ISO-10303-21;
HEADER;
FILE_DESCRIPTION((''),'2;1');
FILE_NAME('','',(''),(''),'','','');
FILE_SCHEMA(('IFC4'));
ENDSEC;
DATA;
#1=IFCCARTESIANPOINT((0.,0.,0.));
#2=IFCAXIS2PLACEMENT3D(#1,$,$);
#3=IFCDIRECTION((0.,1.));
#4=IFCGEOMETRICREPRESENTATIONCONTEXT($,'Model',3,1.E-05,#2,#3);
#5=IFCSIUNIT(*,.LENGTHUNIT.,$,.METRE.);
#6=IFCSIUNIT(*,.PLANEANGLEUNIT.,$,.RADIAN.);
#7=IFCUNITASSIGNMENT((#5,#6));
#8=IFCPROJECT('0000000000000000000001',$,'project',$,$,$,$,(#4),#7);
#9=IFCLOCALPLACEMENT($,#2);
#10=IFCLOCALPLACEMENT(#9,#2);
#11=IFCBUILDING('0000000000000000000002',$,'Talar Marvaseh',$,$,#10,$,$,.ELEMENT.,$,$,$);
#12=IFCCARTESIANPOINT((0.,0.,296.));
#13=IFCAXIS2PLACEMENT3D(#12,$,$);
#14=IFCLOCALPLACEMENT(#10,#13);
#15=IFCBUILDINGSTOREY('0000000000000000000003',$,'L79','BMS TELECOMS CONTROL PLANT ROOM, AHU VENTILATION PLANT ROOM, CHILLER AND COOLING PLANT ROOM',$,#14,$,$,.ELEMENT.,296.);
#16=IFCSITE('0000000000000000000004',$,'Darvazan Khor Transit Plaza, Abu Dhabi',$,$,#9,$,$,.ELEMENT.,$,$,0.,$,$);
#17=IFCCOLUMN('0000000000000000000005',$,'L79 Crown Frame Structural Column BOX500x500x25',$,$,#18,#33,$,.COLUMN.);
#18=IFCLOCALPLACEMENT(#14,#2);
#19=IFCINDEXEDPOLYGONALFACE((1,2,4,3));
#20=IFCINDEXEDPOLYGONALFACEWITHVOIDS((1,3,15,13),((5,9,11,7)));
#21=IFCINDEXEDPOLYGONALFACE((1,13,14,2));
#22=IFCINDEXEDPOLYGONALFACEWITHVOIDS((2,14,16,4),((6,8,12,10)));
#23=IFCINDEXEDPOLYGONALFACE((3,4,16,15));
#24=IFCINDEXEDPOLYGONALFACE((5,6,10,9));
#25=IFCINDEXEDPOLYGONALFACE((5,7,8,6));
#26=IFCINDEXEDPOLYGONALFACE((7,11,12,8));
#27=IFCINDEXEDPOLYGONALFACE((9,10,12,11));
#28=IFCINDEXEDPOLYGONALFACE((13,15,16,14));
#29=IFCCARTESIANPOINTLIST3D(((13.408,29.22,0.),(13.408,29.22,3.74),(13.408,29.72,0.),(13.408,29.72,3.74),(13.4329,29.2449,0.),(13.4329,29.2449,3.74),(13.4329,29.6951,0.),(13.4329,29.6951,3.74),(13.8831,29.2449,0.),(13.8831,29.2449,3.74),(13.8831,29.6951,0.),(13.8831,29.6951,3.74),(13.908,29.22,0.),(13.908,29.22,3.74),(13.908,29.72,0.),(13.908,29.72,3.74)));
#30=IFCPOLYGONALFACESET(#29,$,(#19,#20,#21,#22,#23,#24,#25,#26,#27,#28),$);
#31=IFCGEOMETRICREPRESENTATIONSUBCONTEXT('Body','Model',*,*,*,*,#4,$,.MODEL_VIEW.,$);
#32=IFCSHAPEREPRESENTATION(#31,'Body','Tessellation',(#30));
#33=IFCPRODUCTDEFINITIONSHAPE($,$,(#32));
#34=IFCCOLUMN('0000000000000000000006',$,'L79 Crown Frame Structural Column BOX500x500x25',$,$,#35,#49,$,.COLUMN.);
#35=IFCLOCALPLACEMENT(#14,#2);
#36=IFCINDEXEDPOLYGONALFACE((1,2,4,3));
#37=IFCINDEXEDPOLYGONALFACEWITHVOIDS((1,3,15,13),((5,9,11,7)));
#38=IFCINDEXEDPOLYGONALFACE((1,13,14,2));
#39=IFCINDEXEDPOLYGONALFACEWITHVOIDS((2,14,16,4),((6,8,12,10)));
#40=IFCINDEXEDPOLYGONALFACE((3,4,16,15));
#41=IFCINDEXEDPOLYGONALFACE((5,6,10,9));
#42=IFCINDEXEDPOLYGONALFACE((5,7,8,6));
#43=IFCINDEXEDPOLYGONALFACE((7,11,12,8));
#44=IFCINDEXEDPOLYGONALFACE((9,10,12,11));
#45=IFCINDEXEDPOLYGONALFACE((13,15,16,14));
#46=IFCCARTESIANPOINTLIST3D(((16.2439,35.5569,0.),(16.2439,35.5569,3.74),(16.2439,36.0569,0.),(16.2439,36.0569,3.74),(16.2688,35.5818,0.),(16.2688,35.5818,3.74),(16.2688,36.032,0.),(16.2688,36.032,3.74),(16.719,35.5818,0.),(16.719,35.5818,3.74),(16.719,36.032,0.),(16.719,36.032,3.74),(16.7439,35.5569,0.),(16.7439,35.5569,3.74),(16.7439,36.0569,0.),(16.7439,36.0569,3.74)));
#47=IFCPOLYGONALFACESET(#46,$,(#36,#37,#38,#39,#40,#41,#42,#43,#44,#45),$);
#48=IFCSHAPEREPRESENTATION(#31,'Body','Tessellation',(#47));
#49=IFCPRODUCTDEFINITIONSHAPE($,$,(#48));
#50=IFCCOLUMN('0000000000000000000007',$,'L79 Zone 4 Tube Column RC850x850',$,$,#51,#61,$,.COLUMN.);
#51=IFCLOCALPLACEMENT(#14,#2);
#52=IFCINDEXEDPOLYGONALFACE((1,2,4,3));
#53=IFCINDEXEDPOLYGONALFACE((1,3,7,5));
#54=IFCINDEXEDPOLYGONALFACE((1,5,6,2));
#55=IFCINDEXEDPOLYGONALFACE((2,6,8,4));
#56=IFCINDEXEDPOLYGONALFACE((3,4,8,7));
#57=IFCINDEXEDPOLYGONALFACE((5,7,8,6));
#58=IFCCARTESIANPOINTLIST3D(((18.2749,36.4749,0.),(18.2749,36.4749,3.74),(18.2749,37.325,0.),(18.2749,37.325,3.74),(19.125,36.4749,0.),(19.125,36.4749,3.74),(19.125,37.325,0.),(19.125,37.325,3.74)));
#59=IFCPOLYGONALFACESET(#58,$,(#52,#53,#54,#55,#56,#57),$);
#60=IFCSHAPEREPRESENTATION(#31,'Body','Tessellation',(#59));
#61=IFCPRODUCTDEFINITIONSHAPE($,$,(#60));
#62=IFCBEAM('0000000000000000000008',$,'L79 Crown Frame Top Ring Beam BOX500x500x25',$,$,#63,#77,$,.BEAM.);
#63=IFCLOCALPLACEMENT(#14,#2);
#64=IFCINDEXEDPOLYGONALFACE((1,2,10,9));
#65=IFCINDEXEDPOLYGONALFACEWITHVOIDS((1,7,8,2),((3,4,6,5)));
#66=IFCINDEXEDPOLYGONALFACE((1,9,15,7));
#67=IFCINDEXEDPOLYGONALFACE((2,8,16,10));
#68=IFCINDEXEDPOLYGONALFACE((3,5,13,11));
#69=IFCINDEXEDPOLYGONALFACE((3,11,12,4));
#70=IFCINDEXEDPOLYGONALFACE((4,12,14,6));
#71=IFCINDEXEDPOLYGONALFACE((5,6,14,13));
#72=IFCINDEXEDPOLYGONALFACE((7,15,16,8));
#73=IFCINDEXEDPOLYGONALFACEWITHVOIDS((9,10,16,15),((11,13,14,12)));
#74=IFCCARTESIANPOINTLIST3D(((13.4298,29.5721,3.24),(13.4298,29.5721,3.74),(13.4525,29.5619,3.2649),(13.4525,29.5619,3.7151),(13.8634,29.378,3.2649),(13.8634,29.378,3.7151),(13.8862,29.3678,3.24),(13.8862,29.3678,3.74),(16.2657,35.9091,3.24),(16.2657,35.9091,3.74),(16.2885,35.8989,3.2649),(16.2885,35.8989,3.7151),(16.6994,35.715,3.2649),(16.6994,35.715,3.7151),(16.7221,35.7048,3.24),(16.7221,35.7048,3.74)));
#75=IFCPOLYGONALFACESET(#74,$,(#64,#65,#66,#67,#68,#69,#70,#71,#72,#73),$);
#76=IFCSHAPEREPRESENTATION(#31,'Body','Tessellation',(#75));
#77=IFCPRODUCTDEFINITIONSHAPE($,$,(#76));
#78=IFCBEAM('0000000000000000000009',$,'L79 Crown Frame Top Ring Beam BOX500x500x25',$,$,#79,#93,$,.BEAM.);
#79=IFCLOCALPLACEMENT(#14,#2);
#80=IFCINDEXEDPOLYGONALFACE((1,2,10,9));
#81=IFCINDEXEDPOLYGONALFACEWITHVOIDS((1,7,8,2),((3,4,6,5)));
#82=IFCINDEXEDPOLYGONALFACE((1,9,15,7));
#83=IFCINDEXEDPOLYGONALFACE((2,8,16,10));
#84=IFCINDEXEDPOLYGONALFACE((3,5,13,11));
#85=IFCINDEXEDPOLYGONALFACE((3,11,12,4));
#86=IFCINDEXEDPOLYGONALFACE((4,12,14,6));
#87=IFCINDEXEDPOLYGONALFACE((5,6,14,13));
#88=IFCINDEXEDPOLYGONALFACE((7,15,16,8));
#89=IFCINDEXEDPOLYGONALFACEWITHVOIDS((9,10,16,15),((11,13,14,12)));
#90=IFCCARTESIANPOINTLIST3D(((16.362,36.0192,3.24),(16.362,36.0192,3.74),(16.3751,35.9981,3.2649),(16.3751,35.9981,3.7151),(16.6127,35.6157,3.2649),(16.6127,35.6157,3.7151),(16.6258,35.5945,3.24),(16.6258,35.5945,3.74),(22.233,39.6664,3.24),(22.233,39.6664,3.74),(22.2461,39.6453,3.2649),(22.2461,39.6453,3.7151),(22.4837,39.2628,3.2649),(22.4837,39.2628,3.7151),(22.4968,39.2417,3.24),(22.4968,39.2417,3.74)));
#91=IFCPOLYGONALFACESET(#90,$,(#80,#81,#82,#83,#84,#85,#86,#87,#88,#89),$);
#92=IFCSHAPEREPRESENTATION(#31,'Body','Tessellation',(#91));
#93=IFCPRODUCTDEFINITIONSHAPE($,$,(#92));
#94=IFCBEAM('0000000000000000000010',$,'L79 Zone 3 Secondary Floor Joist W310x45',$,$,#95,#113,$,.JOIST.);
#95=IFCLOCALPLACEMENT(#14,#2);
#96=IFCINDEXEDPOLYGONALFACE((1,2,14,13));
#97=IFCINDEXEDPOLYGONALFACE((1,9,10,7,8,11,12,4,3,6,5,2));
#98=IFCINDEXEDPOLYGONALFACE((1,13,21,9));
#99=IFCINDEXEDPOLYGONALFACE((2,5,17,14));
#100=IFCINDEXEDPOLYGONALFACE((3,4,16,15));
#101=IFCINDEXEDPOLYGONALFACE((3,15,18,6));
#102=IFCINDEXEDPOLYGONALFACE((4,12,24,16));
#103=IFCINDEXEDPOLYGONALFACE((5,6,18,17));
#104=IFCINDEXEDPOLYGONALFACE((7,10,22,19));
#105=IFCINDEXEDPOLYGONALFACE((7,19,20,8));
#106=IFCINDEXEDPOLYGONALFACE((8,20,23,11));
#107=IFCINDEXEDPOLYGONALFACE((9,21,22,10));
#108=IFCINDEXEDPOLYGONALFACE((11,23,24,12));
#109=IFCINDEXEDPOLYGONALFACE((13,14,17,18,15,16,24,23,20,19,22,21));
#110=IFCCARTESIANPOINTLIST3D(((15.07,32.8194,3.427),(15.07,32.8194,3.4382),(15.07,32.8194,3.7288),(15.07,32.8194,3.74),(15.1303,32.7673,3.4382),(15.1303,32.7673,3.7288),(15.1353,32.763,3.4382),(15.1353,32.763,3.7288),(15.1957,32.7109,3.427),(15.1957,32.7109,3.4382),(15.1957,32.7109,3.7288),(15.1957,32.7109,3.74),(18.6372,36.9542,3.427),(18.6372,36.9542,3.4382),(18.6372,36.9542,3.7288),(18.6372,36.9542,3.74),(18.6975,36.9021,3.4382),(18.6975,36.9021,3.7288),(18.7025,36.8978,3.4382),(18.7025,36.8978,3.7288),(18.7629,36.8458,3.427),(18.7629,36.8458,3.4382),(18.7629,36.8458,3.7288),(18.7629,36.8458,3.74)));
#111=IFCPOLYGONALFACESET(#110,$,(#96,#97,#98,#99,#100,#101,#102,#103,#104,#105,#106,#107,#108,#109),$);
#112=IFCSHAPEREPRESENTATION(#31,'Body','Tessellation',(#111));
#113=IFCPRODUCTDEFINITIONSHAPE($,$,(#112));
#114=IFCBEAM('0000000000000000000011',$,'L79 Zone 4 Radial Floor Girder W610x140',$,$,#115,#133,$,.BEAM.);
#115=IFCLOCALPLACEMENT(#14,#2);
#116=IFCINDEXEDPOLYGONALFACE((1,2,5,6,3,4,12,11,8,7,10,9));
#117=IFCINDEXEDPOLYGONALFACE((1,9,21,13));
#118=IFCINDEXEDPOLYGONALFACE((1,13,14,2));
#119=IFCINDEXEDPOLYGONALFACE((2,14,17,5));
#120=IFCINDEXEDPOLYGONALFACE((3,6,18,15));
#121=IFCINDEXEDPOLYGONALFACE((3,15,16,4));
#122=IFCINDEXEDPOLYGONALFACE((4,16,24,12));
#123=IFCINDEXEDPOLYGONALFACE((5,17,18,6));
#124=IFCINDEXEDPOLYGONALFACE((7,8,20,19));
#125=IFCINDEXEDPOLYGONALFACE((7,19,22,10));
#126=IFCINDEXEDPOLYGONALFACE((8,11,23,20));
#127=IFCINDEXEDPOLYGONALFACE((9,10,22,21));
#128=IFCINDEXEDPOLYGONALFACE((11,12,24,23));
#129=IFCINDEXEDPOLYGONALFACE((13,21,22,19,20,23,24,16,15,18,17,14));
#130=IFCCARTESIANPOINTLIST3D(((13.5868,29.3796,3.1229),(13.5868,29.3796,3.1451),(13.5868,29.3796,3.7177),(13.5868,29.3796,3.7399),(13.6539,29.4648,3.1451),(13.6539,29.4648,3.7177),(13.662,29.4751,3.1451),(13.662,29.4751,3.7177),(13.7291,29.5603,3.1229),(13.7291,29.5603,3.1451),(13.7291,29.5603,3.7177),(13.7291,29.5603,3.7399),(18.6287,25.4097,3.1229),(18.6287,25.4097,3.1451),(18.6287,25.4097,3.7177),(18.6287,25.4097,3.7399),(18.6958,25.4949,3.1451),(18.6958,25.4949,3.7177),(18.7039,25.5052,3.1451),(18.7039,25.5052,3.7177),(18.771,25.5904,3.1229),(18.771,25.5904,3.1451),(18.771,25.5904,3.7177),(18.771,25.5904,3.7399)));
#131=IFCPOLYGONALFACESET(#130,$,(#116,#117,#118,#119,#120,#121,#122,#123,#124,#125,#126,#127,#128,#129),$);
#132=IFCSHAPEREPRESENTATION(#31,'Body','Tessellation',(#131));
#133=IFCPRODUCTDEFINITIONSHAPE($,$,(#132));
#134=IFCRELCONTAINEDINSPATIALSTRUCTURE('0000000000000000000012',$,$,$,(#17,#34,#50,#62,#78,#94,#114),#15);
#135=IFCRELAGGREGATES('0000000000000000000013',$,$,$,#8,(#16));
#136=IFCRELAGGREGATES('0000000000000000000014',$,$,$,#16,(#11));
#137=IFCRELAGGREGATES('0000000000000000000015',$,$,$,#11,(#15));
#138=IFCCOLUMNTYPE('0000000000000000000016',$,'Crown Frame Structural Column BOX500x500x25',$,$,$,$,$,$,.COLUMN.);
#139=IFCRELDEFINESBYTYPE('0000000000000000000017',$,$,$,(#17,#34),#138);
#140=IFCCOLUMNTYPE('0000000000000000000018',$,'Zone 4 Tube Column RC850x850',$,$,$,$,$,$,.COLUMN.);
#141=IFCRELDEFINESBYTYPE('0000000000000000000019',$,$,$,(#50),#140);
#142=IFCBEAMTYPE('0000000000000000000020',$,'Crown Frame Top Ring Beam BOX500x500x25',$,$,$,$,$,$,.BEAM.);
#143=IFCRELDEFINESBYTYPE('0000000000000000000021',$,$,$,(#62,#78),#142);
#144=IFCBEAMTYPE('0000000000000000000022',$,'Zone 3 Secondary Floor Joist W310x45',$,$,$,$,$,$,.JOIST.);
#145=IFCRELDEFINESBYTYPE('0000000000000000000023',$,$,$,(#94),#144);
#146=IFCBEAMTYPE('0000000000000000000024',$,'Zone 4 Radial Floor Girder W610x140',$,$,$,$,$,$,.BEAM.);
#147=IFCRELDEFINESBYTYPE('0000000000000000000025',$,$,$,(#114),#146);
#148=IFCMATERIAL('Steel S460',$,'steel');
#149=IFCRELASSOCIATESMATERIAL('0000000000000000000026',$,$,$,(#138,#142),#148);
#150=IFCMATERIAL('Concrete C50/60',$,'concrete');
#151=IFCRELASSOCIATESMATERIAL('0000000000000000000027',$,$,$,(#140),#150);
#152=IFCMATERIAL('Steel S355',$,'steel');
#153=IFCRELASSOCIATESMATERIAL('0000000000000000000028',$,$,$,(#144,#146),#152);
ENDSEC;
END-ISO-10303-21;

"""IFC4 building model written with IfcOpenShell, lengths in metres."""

from ifc_helpers import new_model, si_unit, direction, frame, origin, origin_2d, place, context, subcontext, project, spatial, rectangle, hollow_rectangle, i_section, extrude, material, material_profile, profile_set, type_object, element, save


model = new_model("IFC4")

# Units and contexts
model_context = context("Model", 3, precision=1e-05, world=origin(), true_north=direction((0.0, 1.0)))
body_context = subcontext(model_context, "Body", "Model", "MODEL_VIEW")
ifc_project = project(units=[si_unit("LENGTHUNIT", "METRE"), si_unit("PLANEANGLEUNIT", "RADIAN")], contexts=[model_context])

# Site, building, storey
site_placement = place(None, origin())
site = spatial("IfcSite", under=ifc_project, at=site_placement, Name="Darvazan Khor Transit Plaza, Abu Dhabi", CompositionType="ELEMENT", RefElevation=0.0)
building_placement = place(site_placement, origin())
building = spatial("IfcBuilding", under=site, at=building_placement, Name="Talar Marvaseh", CompositionType="ELEMENT")
storey_placement = place(building_placement, frame((0.0, 0.0, 296.0)))
storey = spatial("IfcBuildingStorey", under=building, at=storey_placement, Name="L79", Description="BMS TELECOMS CONTROL PLANT ROOM, AHU VENTILATION PLANT ROOM, CHILLER AND COOLING PLANT ROOM", CompositionType="ELEMENT", Elevation=296.0)

# Columns
ifc_material_1 = material(Name="Steel S460", Category="steel")
ifc_material_profile_1 = material_profile(ifc_material_1, hollow_rectangle(XDim=0.5, YDim=0.5, WallThickness=0.0249, at=origin_2d()), Name="BOX500x500x25")
ifc_profile_set_1 = profile_set([ifc_material_profile_1], Name="Steel S460")
column_type_1 = type_object("IfcColumnType", Name="Crown Frame Structural Column BOX500x500x25", PredefinedType="COLUMN", material=ifc_profile_set_1)
for number, where, z_axis, x_axis, name in (
    (1, (13.658, 29.47, 0.0), (0.0, 0.0, 1.0), (1.0, 0.0, 0.0), "L79 Crown Frame Structural Column BOX500x500x25"),
    (2, (16.4939, 35.8069, 0.0), (0.0, 0.0, 1.0), (1.0, 0.0, 0.0), "L79 Crown Frame Structural Column BOX500x500x25"),
):
    element("IfcColumn", number, at=place(storey_placement, frame(where, z_axis=z_axis, x_axis=x_axis)), inside=storey, type_object=column_type_1, Name=name, PredefinedType="COLUMN", context=body_context, shape_type="SweptSolid", body=[
        extrude(hollow_rectangle(XDim=0.5, YDim=0.5, WallThickness=0.0249, at=origin_2d()), origin(), (0.0, 0.0, 1.0), 3.74),
    ])
ifc_material_2 = material(Name="Concrete C50/60", Category="concrete")
ifc_material_profile_2 = material_profile(ifc_material_2, rectangle(XDim=0.8501, YDim=0.8501, at=origin_2d()), Name="RC850x850")
ifc_profile_set_2 = profile_set([ifc_material_profile_2], Name="Concrete C50/60")
column_type_2 = type_object("IfcColumnType", Name="Zone 4 Tube Column RC850x850", PredefinedType="COLUMN", material=ifc_profile_set_2)
column_placement = place(storey_placement, frame((18.7, 36.8999, 0.0), z_axis=(0.0, 0.0, 1.0), x_axis=(1.0, 0.0, 0.0)))
element("IfcColumn", 3, at=column_placement, inside=storey, type_object=column_type_2, Name="L79 Zone 4 Tube Column RC850x850", PredefinedType="COLUMN", context=body_context, shape_type="SweptSolid", body=[
    extrude(rectangle(XDim=0.8501, YDim=0.8501, at=origin_2d()), origin(), (0.0, 0.0, 1.0), 3.74),
])

# Beams
ifc_material_profile_3 = material_profile(ifc_material_1, hollow_rectangle(XDim=0.5, YDim=0.5, WallThickness=0.0249, at=origin_2d()), Name="BOX500x500x25")
ifc_profile_set_3 = profile_set([ifc_material_profile_3], Name="Steel S460")
beam_type_1 = type_object("IfcBeamType", Name="Crown Frame Top Ring Beam BOX500x500x25", PredefinedType="BEAM", material=ifc_profile_set_3)
beam_1_placement = place(storey_placement, frame((13.658, 29.47, 3.49), z_axis=(0.408486, 0.912764, 0.0), x_axis=(-0.912764, 0.408486, 0.0)))
element("IfcBeam", 4, at=beam_1_placement, inside=storey, type_object=beam_type_1, Name="L79 Crown Frame Top Ring Beam BOX500x500x25", PredefinedType="BEAM", context=body_context, shape_type="SweptSolid", body=[
    extrude(hollow_rectangle(XDim=0.5, YDim=0.5, WallThickness=0.0249, at=origin_2d()), origin(), (0.0, 0.0, 1.0), 6.9426),
])
beam_2_placement = place(storey_placement, frame((16.4939, 35.8069, 3.49), z_axis=(0.84944, 0.527686, 0.0), x_axis=(-0.527686, 0.84944, 0.0)))
element("IfcBeam", 5, at=beam_2_placement, inside=storey, type_object=beam_type_1, Name="L79 Crown Frame Top Ring Beam BOX500x500x25", PredefinedType="BEAM", context=body_context, shape_type="SweptSolid", body=[
    extrude(hollow_rectangle(XDim=0.5, YDim=0.5, WallThickness=0.0249, at=origin_2d()), origin(), (0.0, 0.0, 1.0), 6.9116),
])
ifc_material_3 = material(Name="Steel S355", Category="steel")
ifc_material_profile_4 = material_profile(ifc_material_3, i_section(OverallWidth=0.166, OverallDepth=0.313, WebThickness=0.0066, FlangeThickness=0.0112, at=origin_2d()), Name="W310x45")
ifc_profile_set_4 = profile_set([ifc_material_profile_4], Name="Steel S355")
beam_type_2 = type_object("IfcBeamType", Name="Zone 3 Secondary Floor Joist W310x45", PredefinedType="JOIST", material=ifc_profile_set_4)
beam_3_placement = place(storey_placement, frame((15.1328, 32.7651, 3.5835), z_axis=(0.653222, 0.757167, 0.0), x_axis=(-0.757167, 0.653222, 0.0)))
element("IfcBeam", 6, at=beam_3_placement, inside=storey, type_object=beam_type_2, Name="L79 Zone 3 Secondary Floor Joist W310x45", PredefinedType="JOIST", context=body_context, shape_type="SweptSolid", body=[
    extrude(i_section(OverallWidth=0.166, OverallDepth=0.313, WebThickness=0.0066, FlangeThickness=0.0112, at=origin_2d()), origin(), (0.0, 0.0, 1.0), 5.4609),
])
ifc_material_profile_5 = material_profile(ifc_material_3, i_section(OverallWidth=0.23, OverallDepth=0.6169, WebThickness=0.0132, FlangeThickness=0.0222, at=origin_2d()), Name="W610x140")
ifc_profile_set_5 = profile_set([ifc_material_profile_5], Name="Steel S355")
beam_type_3 = type_object("IfcBeamType", Name="Zone 4 Radial Floor Girder W610x140", PredefinedType="BEAM", material=ifc_profile_set_5)
beam_4_placement = place(storey_placement, frame((13.658, 29.47, 3.4314), z_axis=(0.785682, -0.618631, 0.0), x_axis=(0.618631, 0.785682, 0.0)))
element("IfcBeam", 7, at=beam_4_placement, inside=storey, type_object=beam_type_3, Name="L79 Zone 4 Radial Floor Girder W610x140", PredefinedType="BEAM", context=body_context, shape_type="SweptSolid", body=[
    extrude(i_section(OverallWidth=0.23, OverallDepth=0.6169, WebThickness=0.0132, FlangeThickness=0.0222, at=origin_2d()), origin(), (0.0, 0.0, 1.0), 6.4172),
])

save(model, "model.ifc")
